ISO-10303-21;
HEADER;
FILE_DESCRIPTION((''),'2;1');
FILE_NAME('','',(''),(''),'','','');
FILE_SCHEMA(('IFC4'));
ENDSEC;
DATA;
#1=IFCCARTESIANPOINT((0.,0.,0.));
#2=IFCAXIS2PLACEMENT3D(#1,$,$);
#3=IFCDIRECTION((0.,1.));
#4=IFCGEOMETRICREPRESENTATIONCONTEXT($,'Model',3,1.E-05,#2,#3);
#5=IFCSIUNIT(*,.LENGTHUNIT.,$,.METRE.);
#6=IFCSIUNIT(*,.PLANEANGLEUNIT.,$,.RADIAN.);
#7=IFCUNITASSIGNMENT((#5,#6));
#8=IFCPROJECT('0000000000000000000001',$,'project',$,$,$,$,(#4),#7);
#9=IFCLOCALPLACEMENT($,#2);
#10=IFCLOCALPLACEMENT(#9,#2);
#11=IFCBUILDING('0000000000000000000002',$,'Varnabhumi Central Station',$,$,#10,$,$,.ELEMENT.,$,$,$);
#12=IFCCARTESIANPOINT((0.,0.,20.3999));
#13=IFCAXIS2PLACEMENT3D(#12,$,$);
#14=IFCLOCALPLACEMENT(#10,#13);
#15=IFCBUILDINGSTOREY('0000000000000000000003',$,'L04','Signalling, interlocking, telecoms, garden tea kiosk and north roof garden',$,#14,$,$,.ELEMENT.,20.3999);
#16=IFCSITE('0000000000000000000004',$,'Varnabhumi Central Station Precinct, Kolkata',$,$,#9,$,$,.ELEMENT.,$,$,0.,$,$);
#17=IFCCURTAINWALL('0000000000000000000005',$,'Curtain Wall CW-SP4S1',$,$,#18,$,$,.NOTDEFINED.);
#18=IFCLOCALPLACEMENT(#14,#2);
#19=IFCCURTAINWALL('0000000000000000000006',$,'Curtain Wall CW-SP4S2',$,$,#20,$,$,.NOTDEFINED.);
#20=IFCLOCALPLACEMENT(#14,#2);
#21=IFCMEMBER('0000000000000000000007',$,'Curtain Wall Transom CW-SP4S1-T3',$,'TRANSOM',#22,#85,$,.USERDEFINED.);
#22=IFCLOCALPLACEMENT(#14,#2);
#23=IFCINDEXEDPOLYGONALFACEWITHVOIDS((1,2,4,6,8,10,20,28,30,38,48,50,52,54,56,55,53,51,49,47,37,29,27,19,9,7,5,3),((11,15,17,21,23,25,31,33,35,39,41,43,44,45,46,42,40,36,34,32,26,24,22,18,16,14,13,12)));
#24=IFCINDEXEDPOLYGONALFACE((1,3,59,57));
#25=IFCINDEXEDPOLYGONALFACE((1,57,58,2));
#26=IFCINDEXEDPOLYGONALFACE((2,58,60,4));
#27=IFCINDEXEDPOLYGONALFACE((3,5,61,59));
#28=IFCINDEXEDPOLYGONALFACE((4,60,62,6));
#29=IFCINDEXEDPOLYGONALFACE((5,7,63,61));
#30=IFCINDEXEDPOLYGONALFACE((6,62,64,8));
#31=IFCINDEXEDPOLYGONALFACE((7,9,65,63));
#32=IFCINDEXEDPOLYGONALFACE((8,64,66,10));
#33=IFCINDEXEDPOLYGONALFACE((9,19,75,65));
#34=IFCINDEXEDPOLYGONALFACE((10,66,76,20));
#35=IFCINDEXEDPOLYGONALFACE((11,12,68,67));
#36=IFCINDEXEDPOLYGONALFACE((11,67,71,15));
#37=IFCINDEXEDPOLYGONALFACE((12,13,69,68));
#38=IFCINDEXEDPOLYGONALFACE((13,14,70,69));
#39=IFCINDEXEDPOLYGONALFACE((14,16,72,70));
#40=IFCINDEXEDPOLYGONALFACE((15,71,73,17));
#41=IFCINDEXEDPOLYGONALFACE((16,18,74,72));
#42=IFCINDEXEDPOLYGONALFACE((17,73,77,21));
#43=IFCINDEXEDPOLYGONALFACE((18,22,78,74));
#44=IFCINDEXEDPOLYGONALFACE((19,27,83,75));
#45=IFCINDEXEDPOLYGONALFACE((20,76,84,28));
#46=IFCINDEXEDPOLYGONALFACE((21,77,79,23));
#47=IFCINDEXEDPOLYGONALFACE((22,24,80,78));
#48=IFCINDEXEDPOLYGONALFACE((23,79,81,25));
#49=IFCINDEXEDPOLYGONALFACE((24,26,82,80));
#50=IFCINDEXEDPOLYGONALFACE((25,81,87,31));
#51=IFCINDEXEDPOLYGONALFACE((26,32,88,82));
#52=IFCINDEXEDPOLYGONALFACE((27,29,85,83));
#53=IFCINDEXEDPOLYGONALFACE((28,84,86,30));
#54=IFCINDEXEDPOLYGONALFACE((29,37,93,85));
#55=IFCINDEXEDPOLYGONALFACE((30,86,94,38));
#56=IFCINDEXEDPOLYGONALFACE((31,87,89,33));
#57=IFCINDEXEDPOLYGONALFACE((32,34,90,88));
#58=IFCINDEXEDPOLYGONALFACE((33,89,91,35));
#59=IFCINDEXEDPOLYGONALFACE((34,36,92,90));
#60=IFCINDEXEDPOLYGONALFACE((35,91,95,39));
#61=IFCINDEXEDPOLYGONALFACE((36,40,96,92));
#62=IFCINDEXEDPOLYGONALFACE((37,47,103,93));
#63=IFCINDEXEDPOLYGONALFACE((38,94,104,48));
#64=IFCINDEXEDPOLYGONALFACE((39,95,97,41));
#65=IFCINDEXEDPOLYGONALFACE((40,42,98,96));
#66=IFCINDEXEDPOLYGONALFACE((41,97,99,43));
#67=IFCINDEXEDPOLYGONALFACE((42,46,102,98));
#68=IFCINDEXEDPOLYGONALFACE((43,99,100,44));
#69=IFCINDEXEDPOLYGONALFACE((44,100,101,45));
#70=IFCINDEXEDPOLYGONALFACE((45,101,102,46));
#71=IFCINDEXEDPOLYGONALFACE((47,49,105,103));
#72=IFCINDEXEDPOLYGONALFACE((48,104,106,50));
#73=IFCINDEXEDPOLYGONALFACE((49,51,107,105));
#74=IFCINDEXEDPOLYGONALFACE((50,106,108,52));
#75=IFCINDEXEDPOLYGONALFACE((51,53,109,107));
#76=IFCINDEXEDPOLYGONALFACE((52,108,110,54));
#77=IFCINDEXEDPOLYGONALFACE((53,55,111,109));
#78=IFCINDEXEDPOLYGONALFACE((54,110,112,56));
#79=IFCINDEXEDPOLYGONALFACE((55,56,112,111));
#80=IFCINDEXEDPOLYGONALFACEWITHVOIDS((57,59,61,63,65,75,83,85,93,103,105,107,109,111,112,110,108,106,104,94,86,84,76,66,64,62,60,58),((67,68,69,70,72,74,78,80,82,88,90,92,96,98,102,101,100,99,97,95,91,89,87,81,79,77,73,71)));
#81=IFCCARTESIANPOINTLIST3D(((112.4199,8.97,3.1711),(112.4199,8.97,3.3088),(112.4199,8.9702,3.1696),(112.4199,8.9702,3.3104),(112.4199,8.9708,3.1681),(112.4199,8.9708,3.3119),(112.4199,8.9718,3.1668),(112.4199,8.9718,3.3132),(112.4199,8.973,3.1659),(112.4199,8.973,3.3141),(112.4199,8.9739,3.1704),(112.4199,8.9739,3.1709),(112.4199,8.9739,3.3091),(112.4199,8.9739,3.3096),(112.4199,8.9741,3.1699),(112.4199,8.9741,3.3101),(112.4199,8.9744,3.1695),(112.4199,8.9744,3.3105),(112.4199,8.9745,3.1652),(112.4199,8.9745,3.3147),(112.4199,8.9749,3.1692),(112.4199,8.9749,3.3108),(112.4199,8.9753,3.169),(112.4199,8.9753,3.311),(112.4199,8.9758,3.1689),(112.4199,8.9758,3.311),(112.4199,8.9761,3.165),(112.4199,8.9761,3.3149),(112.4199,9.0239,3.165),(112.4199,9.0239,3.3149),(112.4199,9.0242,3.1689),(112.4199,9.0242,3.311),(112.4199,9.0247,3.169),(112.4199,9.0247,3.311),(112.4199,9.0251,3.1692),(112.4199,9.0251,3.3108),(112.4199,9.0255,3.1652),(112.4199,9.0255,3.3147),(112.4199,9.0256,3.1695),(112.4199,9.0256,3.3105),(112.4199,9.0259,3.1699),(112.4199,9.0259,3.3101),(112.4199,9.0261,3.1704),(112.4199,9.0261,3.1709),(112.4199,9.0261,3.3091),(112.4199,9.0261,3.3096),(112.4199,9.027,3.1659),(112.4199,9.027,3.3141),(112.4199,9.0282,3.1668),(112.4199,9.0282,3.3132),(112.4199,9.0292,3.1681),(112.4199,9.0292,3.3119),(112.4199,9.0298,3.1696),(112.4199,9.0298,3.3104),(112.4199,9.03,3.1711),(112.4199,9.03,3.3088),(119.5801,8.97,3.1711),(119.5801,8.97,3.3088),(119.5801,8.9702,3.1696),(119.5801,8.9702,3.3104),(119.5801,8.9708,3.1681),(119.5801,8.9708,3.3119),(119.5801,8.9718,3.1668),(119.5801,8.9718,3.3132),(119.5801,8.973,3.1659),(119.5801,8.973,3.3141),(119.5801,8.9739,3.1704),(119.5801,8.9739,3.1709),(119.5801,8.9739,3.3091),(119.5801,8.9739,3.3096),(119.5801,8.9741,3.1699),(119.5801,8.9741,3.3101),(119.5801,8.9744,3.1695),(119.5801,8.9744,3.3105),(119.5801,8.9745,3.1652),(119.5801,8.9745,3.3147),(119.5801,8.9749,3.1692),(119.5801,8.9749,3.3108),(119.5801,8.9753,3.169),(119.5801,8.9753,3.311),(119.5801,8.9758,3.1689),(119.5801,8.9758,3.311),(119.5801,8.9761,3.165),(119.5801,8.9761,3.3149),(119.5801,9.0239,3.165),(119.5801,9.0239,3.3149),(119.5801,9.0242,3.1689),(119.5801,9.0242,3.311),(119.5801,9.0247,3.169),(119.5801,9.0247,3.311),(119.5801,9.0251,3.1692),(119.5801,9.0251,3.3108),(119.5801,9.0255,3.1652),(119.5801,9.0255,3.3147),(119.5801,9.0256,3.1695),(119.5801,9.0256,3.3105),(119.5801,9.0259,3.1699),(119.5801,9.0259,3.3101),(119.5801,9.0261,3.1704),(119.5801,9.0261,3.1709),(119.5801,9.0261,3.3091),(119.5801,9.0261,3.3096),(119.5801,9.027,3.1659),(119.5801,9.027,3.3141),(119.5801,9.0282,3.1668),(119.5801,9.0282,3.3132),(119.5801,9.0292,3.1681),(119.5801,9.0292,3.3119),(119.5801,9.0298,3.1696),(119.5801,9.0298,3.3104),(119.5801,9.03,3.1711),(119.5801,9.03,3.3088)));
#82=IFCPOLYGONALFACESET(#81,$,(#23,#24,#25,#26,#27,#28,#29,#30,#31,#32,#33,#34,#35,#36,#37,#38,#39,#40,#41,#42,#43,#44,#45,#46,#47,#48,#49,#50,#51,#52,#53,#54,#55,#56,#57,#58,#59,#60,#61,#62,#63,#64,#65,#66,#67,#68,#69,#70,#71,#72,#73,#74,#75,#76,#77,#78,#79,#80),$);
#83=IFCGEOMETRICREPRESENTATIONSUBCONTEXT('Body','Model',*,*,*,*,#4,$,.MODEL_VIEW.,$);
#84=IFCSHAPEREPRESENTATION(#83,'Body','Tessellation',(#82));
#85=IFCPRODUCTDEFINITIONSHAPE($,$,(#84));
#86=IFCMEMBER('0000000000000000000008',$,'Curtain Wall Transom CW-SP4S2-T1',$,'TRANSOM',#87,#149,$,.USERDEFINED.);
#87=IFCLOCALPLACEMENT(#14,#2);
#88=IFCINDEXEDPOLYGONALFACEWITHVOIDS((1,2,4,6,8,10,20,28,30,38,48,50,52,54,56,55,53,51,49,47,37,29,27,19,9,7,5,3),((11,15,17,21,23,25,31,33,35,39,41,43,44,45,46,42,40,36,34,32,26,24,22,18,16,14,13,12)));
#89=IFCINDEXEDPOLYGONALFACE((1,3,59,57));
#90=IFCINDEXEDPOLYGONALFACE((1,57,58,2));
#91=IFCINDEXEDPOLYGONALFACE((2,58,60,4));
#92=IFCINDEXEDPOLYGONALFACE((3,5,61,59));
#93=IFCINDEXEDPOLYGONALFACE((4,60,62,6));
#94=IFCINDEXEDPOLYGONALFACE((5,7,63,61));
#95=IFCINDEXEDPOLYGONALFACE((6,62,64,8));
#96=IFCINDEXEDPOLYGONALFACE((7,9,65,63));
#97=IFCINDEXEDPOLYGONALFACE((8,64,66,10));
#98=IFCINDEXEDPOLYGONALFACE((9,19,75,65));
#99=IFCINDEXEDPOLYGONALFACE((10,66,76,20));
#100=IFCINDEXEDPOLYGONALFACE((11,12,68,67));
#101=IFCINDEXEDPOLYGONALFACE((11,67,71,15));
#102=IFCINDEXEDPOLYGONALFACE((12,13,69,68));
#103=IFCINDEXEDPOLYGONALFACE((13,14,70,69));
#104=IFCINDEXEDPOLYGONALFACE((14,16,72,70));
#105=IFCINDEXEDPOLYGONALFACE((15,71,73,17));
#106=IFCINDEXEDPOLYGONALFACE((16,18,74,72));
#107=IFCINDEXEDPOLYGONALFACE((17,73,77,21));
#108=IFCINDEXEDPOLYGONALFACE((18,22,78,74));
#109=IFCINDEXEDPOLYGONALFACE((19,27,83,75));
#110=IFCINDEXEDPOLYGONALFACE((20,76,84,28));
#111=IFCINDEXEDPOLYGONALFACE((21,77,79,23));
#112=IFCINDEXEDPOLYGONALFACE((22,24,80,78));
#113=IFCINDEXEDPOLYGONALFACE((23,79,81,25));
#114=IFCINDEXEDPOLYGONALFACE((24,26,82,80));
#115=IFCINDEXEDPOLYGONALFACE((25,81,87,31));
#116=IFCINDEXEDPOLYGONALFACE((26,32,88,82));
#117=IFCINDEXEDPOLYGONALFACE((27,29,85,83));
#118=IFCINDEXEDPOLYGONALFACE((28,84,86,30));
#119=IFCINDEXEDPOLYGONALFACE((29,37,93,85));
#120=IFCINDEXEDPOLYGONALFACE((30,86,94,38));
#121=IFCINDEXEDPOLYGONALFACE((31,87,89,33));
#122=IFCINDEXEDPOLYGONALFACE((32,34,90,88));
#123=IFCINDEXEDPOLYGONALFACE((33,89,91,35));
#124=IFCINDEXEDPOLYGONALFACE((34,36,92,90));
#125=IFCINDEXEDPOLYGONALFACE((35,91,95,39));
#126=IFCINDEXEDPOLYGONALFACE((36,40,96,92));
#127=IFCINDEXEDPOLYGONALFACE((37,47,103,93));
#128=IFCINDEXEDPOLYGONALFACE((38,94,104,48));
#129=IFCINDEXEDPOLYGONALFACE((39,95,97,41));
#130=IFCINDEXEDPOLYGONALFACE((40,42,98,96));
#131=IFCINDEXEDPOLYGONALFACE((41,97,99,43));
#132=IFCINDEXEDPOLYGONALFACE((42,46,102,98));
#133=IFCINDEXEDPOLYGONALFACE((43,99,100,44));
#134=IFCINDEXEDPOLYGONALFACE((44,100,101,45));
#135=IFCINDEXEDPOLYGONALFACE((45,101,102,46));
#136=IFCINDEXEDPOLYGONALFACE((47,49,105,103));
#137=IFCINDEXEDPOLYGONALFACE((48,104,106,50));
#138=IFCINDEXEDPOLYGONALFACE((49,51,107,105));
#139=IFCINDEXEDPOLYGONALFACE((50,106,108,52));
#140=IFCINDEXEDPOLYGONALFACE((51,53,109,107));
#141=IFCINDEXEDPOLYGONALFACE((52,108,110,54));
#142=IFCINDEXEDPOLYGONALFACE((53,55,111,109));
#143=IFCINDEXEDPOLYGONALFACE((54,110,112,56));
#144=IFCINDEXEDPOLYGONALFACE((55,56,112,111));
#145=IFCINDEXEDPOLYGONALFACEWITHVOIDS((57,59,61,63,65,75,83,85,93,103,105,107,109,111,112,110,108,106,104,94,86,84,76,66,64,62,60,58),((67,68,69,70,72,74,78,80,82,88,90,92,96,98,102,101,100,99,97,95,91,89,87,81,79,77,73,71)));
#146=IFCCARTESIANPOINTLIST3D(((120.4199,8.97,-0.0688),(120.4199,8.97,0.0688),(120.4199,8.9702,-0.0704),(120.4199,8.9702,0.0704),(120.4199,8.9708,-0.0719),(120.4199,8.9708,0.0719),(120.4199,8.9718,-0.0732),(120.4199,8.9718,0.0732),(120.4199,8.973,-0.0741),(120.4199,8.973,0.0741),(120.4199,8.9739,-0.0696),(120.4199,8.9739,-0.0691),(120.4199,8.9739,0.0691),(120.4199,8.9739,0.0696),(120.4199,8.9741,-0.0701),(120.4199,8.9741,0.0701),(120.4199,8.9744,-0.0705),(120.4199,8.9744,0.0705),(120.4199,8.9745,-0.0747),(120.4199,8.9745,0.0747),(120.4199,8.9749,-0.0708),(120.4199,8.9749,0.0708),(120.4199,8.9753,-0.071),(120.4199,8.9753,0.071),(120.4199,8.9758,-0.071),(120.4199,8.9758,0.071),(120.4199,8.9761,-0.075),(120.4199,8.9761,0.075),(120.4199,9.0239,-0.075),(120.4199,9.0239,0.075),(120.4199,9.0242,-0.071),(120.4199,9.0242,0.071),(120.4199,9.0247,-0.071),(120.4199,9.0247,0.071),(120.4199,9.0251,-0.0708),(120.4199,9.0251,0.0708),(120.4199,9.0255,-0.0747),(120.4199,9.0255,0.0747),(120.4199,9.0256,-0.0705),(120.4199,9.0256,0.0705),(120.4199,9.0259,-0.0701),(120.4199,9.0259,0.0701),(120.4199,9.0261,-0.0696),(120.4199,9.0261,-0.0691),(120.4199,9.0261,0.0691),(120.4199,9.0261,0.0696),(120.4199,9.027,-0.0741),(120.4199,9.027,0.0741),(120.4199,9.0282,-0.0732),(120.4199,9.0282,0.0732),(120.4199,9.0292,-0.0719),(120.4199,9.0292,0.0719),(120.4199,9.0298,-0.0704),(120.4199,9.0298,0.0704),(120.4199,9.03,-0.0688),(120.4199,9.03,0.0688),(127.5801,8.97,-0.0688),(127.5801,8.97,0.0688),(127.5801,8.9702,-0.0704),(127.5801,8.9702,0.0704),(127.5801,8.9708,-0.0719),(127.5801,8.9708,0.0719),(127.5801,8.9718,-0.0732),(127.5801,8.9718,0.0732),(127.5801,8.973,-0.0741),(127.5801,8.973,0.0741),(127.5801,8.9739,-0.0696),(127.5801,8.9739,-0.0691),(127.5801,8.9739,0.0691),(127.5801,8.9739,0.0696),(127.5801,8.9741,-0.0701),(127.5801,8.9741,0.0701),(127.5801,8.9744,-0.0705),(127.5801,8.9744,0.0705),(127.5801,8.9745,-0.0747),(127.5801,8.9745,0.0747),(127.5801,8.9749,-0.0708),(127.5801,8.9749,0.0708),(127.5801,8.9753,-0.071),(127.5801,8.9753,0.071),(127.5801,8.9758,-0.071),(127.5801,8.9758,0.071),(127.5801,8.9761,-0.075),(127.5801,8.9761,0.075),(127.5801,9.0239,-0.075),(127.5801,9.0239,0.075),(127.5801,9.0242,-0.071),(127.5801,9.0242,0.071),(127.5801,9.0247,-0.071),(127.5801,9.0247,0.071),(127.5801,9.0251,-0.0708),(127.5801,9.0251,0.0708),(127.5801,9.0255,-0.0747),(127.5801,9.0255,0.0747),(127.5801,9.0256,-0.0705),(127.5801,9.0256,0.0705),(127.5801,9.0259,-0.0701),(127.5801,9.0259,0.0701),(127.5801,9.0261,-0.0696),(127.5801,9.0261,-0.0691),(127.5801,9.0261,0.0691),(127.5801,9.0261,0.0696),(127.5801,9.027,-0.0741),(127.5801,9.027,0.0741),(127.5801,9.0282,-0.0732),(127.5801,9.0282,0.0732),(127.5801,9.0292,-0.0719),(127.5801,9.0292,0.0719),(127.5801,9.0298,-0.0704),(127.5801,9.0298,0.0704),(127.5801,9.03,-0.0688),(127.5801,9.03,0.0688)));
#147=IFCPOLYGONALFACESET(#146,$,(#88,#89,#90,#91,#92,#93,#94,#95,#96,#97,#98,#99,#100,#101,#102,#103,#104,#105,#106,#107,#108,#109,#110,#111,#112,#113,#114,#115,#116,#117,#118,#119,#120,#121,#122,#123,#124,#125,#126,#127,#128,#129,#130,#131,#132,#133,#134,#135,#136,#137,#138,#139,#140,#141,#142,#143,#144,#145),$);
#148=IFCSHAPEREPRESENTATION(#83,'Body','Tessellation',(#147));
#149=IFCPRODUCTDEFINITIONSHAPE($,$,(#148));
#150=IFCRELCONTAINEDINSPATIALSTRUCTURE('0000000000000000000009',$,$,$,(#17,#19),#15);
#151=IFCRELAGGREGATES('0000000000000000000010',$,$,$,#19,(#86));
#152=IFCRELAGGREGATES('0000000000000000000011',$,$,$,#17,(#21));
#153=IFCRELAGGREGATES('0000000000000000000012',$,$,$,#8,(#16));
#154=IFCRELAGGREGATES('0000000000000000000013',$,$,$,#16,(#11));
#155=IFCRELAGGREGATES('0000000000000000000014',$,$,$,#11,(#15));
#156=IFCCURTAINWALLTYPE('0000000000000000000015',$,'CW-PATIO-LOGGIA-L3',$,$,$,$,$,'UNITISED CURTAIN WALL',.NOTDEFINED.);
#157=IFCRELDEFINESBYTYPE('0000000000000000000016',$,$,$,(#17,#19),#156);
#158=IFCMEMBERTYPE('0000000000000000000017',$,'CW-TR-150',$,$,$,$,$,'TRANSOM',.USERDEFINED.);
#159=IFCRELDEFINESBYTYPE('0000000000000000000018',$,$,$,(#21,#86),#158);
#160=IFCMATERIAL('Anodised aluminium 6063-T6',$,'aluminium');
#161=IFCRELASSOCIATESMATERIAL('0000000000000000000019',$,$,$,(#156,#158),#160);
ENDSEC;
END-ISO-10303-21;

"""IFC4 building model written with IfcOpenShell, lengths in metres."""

from ifc_helpers import new_model, si_unit, direction, frame, origin, origin_2d, place, context, subcontext, project, spatial, hollow_rectangle, extrude, material, material_profile, profile_set, type_object, element, aggregate, save


model = new_model("IFC4")

# Units and contexts
model_context = context("Model", 3, precision=1e-05, world=origin(), true_north=direction((0.0, 1.0)))
body_context = subcontext(model_context, "Body", "Model", "MODEL_VIEW")
ifc_project = project(units=[si_unit("LENGTHUNIT", "METRE"), si_unit("PLANEANGLEUNIT", "RADIAN")], contexts=[model_context])

# Site, building, storey
site_placement = place(None, origin())
site = spatial("IfcSite", under=ifc_project, at=site_placement, Name="Varnabhumi Central Station Precinct, Kolkata", CompositionType="ELEMENT", RefElevation=0.0)
building_placement = place(site_placement, origin())
building = spatial("IfcBuilding", under=site, at=building_placement, Name="Varnabhumi Central Station", CompositionType="ELEMENT")
storey_placement = place(building_placement, frame((0.0, 0.0, 20.3999)))
storey = spatial("IfcBuildingStorey", under=building, at=storey_placement, Name="L04", Description="Signalling, interlocking, telecoms, garden tea kiosk and north roof garden", CompositionType="ELEMENT", Elevation=20.3999)

# Curtain wall
ifc_material_1 = material(Name="Anodised aluminium 6063-T6", Category="aluminium")
curtain_wall_type = type_object("IfcCurtainWallType", Name="CW-PATIO-LOGGIA-L3", ElementType="UNITISED CURTAIN WALL", PredefinedType="NOTDEFINED", material=ifc_material_1)
curtain_wall_1_placement = place(storey_placement, origin())
curtain_wall_1 = element("IfcCurtainWall", 1, at=curtain_wall_1_placement, inside=storey, type_object=curtain_wall_type, Name="Curtain Wall CW-SP4S1", PredefinedType="NOTDEFINED")

# Curtain wall
curtain_wall_2_placement = place(storey_placement, origin())
curtain_wall_2 = element("IfcCurtainWall", 2, at=curtain_wall_2_placement, inside=storey, type_object=curtain_wall_type, Name="Curtain Wall CW-SP4S2", PredefinedType="NOTDEFINED")

# Members
ifc_material_profile_1 = material_profile(ifc_material_1, hollow_rectangle(XDim=0.0601, YDim=0.1499, WallThickness=0.0039, InnerFilletRadius=0.002, OuterFilletRadius=0.0061, at=origin_2d()), Name="Anodised aluminium 6063-T6", Category="aluminium")
ifc_profile_set_1 = profile_set([ifc_material_profile_1], Name="Anodised aluminium 6063-T6")
member_type_1 = type_object("IfcMemberType", Name="CW-TR-150", ElementType="TRANSOM", PredefinedType="USERDEFINED", material=ifc_profile_set_1)
member_1_placement = place(storey_placement, frame((112.4199, 9.0, 3.24), z_axis=(1.0, 0.0, 0.0), x_axis=(0.0, 1.0, 0.0)))
member_1 = element("IfcMember", 3, at=member_1_placement, type_object=member_type_1, Name="Curtain Wall Transom CW-SP4S1-T3", ObjectType="TRANSOM", PredefinedType="USERDEFINED", context=body_context, shape_type="SweptSolid", body=[
    extrude(hollow_rectangle(XDim=0.0601, YDim=0.1499, WallThickness=0.0039, InnerFilletRadius=0.002, OuterFilletRadius=0.0061, at=origin_2d()), origin(), (0.0, 0.0, 1.0), 7.1602),
])
member_2_placement = place(storey_placement, frame((120.4199, 9.0, 0.0), z_axis=(1.0, 0.0, 0.0), x_axis=(0.0, 1.0, 0.0)))
member_2 = element("IfcMember", 4, at=member_2_placement, type_object=member_type_1, Name="Curtain Wall Transom CW-SP4S2-T1", ObjectType="TRANSOM", PredefinedType="USERDEFINED", context=body_context, shape_type="SweptSolid", body=[
    extrude(hollow_rectangle(XDim=0.0601, YDim=0.1499, WallThickness=0.0039, InnerFilletRadius=0.002, OuterFilletRadius=0.0061, at=origin_2d()), origin(), (0.0, 0.0, 1.0), 7.1602),
])
aggregate(curtain_wall_2, [member_2])

aggregate(curtain_wall_1, [member_1])

save(model, "model.ifc")
